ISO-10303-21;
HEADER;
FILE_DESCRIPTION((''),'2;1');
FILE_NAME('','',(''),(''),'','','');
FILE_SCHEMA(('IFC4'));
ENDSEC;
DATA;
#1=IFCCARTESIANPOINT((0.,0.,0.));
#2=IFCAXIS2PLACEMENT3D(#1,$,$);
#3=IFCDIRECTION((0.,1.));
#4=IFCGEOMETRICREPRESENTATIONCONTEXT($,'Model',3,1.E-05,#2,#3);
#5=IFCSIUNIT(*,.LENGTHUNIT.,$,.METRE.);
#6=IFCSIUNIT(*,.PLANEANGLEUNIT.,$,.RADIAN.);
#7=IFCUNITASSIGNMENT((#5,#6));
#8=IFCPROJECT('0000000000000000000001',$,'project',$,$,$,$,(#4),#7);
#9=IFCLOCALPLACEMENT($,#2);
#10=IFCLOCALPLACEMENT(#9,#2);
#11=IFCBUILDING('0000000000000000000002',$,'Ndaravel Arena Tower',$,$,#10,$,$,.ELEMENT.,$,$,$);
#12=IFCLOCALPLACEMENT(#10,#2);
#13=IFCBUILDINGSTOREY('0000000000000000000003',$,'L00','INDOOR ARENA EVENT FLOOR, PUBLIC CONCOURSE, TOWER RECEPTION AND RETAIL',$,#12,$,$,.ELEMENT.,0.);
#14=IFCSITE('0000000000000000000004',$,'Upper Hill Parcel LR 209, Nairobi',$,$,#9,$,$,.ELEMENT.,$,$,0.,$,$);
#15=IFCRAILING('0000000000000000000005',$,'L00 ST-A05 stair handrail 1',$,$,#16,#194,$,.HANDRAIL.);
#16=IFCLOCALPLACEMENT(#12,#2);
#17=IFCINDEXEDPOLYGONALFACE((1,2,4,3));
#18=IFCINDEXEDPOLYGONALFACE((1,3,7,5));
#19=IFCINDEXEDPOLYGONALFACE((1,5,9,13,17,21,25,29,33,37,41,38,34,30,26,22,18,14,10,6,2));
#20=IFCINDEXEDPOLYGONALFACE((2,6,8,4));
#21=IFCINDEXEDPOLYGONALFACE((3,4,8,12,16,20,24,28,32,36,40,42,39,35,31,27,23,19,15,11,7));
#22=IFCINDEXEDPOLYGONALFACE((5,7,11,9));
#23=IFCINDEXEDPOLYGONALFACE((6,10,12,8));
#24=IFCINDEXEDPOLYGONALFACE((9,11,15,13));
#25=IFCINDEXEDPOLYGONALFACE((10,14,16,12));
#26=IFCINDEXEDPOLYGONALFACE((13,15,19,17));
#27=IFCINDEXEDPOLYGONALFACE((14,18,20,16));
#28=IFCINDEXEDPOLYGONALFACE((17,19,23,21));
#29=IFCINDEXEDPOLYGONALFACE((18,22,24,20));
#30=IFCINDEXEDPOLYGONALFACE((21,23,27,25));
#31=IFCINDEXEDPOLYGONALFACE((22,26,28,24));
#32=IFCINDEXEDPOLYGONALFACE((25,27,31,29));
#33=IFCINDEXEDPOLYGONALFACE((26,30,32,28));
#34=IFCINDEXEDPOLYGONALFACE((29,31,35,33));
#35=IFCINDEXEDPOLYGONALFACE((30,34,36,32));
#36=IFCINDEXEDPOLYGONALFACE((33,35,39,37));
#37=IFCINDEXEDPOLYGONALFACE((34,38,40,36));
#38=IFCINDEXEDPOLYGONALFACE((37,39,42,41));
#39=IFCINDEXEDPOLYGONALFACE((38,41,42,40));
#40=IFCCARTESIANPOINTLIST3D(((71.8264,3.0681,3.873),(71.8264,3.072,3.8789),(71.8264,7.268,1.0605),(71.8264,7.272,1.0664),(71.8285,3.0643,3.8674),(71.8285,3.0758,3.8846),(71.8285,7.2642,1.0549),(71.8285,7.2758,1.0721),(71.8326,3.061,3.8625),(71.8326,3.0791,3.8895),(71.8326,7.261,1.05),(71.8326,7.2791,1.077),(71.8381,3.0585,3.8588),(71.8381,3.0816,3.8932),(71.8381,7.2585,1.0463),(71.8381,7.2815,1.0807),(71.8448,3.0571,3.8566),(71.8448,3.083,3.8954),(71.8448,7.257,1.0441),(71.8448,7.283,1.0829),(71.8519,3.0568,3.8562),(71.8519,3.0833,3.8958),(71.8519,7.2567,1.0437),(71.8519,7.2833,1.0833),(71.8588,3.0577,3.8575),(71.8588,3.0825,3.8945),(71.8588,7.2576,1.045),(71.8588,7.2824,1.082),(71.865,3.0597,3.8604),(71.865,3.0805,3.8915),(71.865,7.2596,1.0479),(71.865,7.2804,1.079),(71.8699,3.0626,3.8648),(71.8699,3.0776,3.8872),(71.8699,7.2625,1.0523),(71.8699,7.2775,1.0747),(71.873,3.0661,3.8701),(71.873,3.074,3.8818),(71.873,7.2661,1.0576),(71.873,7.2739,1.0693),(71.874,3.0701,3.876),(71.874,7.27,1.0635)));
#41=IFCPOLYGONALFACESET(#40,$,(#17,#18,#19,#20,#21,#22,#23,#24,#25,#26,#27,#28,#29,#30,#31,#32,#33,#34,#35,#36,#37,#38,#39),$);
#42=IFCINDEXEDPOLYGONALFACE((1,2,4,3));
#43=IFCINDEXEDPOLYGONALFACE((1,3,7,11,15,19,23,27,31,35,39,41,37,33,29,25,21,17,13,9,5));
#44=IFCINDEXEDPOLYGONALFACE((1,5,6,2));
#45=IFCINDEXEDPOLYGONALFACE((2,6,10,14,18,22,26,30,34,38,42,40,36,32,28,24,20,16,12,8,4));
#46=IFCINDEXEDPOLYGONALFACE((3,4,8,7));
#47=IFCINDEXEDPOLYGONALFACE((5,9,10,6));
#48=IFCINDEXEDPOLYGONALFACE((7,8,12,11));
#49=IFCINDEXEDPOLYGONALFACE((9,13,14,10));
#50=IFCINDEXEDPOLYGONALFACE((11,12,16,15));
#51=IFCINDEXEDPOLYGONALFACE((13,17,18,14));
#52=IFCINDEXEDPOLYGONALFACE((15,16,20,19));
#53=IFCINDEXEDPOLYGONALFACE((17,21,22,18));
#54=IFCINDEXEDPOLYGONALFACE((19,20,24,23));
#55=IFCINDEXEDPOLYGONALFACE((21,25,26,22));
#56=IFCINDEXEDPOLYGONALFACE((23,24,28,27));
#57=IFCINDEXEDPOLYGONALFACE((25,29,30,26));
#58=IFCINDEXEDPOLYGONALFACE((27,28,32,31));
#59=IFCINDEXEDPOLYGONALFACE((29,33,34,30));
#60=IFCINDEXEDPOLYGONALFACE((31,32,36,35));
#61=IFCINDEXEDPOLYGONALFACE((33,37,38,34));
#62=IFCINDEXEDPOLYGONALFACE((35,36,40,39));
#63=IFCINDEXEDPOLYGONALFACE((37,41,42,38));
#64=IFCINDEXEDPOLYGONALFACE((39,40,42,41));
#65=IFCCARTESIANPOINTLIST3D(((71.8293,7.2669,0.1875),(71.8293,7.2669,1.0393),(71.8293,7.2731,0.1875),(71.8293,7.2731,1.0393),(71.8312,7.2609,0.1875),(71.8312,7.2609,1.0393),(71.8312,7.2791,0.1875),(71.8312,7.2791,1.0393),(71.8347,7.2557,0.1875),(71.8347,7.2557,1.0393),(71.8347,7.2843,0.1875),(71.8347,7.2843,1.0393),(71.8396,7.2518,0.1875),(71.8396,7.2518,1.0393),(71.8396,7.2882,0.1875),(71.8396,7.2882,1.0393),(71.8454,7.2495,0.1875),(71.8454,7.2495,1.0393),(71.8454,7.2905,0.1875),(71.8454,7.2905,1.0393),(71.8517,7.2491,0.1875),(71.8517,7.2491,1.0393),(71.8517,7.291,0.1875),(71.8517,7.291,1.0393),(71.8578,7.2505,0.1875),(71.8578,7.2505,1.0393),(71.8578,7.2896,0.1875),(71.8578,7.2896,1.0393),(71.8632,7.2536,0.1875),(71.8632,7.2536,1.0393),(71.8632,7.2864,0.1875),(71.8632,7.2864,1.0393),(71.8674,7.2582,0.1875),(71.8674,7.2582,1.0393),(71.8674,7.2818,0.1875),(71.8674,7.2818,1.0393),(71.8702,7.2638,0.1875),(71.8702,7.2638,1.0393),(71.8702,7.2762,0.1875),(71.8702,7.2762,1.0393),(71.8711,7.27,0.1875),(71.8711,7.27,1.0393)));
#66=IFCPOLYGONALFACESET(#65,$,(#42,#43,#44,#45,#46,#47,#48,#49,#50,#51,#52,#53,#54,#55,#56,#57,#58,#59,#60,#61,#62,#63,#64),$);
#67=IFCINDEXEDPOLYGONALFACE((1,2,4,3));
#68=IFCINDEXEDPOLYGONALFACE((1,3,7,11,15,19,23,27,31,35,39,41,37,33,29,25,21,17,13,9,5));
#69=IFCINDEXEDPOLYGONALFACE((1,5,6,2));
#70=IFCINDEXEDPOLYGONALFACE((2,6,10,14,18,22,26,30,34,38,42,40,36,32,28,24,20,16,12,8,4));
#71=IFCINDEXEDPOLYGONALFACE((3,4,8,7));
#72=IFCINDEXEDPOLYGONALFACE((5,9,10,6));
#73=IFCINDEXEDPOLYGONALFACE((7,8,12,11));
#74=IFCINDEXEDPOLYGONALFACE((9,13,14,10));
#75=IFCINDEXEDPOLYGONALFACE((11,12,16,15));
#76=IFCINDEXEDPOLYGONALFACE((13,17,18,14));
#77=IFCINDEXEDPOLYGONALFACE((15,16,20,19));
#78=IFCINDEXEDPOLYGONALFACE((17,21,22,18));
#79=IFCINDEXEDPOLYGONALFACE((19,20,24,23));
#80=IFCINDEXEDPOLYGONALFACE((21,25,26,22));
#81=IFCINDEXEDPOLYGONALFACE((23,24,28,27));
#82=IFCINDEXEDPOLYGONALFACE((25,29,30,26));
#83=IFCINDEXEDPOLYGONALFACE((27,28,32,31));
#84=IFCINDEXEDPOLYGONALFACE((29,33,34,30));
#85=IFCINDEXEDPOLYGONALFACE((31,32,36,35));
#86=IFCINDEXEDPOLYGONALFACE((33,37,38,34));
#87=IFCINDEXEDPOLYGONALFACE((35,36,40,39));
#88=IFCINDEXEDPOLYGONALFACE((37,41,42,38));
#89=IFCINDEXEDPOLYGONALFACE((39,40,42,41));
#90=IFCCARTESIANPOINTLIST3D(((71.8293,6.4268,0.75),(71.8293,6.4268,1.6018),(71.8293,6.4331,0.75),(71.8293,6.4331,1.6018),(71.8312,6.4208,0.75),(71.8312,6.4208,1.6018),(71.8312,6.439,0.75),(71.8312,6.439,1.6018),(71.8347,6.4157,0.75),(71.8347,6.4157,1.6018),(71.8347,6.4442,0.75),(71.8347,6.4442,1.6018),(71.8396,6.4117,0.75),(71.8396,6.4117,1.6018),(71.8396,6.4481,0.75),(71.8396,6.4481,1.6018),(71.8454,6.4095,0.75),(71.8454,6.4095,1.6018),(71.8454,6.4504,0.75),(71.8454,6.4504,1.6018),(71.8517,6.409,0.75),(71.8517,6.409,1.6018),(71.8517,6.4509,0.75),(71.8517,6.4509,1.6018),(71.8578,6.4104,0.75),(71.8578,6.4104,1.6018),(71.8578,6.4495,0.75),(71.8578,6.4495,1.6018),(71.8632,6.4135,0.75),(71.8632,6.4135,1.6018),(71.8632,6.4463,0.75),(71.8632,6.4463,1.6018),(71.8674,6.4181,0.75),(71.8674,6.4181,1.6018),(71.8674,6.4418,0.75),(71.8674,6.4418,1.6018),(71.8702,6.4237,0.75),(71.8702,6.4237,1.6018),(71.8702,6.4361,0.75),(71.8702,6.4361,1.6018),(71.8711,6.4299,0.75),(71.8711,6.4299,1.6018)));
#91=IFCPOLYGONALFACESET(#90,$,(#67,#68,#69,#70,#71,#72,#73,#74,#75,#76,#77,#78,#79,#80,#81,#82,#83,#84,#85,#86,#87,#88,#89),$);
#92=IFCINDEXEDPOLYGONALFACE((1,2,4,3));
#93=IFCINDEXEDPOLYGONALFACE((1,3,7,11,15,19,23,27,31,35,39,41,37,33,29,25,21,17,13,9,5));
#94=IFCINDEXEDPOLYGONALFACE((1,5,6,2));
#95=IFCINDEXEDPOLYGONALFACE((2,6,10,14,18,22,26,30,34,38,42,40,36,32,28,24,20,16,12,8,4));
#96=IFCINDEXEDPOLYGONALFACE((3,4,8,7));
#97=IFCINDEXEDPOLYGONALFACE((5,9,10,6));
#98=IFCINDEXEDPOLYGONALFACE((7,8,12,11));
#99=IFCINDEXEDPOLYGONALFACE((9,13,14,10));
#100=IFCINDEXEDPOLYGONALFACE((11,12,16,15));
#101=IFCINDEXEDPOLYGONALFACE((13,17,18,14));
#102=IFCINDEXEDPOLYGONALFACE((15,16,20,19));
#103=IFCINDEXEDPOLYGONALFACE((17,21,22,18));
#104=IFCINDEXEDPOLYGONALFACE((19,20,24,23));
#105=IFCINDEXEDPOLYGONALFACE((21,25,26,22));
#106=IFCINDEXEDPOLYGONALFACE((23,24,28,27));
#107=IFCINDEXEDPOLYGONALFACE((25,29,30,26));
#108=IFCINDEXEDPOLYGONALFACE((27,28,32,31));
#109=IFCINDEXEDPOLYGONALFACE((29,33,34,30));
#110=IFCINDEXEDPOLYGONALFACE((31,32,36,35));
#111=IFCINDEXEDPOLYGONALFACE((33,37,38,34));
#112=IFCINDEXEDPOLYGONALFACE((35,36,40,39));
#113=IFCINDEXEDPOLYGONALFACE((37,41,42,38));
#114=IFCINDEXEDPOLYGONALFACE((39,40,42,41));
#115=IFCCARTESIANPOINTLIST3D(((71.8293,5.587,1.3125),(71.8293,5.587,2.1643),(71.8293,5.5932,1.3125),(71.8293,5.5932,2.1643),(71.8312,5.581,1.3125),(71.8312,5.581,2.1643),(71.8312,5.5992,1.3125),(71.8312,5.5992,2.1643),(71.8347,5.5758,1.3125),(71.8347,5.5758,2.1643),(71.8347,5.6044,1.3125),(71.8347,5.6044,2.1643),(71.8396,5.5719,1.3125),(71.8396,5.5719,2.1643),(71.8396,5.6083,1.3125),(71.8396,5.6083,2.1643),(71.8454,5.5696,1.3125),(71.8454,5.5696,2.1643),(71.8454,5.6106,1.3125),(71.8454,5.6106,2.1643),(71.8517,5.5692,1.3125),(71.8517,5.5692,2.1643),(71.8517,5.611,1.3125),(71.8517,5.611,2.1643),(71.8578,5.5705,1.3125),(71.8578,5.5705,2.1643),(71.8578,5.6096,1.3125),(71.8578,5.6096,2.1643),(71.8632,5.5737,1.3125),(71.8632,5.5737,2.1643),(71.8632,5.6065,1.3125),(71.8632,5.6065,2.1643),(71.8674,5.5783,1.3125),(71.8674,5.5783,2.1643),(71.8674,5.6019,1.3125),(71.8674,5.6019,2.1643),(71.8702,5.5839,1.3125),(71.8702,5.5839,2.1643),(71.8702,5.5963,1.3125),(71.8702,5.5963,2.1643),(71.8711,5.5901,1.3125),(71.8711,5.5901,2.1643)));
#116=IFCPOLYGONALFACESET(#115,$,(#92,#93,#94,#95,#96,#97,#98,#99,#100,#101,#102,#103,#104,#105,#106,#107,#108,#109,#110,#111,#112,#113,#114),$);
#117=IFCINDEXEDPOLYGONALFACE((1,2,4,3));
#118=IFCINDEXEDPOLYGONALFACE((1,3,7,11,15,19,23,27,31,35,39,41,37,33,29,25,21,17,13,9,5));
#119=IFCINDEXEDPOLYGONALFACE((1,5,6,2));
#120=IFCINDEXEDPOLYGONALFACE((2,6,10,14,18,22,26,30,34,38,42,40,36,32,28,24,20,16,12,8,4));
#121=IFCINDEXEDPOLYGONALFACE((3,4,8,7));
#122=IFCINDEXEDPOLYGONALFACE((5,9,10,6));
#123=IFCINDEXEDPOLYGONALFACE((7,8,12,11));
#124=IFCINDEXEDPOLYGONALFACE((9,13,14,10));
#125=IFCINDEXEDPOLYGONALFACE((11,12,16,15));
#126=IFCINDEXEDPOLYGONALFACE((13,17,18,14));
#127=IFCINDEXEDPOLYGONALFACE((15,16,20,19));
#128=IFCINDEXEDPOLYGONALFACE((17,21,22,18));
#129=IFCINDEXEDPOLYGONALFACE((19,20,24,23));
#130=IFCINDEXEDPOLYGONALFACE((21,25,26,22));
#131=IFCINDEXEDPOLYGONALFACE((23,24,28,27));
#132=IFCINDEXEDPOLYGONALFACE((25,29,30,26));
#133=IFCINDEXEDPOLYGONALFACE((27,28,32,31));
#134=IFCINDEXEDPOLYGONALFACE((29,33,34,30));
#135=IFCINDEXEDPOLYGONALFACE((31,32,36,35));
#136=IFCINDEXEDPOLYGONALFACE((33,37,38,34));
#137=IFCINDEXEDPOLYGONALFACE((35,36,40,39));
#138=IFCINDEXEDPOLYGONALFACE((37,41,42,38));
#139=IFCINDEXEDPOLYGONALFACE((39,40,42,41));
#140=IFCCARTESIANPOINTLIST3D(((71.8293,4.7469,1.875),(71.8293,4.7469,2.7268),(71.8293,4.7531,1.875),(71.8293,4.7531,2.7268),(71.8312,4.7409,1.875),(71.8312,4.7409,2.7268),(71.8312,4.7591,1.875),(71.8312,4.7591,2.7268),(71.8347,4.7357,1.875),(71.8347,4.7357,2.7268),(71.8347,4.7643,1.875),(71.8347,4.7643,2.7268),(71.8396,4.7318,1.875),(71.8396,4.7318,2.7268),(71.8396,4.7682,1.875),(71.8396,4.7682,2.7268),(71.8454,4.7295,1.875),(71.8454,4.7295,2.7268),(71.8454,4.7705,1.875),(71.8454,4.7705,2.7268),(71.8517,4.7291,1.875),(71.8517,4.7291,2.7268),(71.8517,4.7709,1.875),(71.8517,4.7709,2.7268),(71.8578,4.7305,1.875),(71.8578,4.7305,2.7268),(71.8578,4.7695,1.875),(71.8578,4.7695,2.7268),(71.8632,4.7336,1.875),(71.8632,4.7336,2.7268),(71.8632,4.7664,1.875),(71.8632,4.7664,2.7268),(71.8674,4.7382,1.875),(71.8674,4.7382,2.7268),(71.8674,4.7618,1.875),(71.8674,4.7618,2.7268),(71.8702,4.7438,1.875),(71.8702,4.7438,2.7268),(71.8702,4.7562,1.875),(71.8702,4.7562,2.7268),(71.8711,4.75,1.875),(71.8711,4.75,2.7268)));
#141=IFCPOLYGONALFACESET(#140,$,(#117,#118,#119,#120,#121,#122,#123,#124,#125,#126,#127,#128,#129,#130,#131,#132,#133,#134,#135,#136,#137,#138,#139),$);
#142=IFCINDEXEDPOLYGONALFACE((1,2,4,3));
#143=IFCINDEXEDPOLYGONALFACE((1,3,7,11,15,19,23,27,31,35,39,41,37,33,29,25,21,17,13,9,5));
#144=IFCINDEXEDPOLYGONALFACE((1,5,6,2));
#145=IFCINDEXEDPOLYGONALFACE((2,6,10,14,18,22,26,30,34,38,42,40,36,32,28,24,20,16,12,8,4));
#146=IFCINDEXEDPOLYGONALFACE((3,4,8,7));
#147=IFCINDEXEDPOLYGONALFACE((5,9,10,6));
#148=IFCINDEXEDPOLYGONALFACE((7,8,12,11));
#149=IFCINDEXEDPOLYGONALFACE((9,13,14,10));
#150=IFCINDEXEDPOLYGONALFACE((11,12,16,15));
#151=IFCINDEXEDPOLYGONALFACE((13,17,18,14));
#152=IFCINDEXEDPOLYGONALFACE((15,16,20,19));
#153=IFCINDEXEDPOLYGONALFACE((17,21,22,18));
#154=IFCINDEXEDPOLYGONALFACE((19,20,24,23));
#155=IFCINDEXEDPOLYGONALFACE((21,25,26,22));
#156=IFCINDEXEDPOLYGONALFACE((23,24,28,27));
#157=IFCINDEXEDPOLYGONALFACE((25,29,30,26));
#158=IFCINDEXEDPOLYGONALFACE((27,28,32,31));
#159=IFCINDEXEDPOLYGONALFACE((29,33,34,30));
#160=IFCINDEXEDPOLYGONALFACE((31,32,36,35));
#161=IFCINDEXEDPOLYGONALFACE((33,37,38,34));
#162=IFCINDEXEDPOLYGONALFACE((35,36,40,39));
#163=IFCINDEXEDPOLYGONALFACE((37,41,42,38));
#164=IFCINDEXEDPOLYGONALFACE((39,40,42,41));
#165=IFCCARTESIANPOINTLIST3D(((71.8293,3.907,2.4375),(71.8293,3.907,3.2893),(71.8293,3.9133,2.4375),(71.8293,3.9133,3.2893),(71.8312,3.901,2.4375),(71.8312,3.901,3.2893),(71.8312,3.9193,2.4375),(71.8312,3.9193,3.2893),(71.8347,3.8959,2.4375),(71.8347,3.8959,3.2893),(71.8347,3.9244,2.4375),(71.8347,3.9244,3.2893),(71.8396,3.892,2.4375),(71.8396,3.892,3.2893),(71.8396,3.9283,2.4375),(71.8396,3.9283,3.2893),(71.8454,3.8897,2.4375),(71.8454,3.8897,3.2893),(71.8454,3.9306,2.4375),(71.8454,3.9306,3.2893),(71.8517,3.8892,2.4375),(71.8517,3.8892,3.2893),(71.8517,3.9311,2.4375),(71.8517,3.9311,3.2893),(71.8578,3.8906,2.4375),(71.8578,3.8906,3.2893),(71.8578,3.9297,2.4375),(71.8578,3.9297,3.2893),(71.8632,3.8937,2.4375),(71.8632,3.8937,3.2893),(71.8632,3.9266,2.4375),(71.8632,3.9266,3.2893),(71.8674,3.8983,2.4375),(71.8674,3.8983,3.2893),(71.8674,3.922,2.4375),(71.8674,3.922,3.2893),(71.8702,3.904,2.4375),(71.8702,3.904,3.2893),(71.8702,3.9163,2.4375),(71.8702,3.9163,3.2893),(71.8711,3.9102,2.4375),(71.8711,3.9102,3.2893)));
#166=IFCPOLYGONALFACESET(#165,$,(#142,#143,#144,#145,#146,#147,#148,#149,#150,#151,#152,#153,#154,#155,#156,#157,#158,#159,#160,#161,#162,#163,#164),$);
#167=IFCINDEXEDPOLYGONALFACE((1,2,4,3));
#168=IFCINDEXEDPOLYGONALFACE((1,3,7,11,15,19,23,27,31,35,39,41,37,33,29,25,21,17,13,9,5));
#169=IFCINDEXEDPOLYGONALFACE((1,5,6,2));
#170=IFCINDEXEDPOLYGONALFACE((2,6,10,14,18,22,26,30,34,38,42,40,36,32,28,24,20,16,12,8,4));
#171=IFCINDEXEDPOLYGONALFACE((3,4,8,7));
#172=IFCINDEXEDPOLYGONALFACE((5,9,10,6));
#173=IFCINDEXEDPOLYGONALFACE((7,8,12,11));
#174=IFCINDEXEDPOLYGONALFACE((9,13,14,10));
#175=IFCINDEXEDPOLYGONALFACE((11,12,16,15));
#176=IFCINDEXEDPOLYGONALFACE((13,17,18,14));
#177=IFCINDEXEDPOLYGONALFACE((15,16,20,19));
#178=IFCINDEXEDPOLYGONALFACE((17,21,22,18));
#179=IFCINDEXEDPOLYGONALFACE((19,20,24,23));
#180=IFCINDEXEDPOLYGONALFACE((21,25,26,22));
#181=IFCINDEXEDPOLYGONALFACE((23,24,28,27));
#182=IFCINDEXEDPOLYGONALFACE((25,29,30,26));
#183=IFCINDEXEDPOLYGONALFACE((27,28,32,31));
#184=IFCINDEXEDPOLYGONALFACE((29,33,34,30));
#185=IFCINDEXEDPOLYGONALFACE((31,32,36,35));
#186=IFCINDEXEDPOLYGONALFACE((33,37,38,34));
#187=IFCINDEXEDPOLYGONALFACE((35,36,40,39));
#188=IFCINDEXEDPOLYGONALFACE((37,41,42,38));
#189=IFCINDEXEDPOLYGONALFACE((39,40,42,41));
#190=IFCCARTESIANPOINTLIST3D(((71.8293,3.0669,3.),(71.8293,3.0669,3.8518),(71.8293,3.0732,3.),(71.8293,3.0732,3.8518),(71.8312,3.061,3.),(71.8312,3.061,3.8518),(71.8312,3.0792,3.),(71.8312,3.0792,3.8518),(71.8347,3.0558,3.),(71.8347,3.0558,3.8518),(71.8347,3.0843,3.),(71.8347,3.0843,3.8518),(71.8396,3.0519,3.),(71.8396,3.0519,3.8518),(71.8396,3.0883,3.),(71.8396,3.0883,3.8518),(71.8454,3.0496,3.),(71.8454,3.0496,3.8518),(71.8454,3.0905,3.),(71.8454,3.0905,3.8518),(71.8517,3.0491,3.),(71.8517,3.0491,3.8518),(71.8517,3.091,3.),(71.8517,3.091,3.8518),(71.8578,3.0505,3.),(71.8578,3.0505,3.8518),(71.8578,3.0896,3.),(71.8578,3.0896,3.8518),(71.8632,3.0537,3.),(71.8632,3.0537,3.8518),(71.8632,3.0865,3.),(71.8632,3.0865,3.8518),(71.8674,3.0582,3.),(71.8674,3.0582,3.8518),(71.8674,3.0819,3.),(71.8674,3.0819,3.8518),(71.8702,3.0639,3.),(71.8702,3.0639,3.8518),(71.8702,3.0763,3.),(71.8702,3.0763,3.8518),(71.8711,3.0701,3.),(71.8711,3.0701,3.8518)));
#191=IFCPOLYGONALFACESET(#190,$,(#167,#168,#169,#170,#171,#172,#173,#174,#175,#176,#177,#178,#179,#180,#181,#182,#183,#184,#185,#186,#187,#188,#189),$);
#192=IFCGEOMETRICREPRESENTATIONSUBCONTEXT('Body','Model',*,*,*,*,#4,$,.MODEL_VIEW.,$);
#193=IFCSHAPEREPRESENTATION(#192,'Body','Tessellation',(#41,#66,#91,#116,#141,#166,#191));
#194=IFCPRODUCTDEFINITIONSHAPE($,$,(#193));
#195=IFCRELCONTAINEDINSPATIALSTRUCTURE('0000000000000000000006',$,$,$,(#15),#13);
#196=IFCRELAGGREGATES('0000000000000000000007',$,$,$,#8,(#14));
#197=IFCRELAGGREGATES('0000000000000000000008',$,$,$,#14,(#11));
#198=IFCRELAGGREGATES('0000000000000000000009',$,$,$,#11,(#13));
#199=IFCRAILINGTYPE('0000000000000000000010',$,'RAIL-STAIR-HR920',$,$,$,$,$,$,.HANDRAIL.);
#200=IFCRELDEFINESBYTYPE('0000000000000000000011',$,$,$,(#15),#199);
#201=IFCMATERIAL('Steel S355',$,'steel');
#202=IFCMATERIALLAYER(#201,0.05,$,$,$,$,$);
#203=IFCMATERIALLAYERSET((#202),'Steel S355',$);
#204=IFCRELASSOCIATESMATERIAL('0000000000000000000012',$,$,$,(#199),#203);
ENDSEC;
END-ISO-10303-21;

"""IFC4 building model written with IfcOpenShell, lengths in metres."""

from ifc_helpers import new_model, si_unit, direction, frame, origin, origin_2d, place, context, subcontext, project, spatial, circle, extrude, material, layer, layer_set, type_object, element, save


model = new_model("IFC4")

# Units and contexts
model_context = context("Model", 3, precision=1e-05, world=origin(), true_north=direction((0.0, 1.0)))
body_context = subcontext(model_context, "Body", "Model", "MODEL_VIEW")
ifc_project = project(units=[si_unit("LENGTHUNIT", "METRE"), si_unit("PLANEANGLEUNIT", "RADIAN")], contexts=[model_context])

# Site, building, storey
site_placement = place(None, origin())
site = spatial("IfcSite", under=ifc_project, at=site_placement, Name="Upper Hill Parcel LR 209, Nairobi", CompositionType="ELEMENT", RefElevation=0.0)
building_placement = place(site_placement, origin())
building = spatial("IfcBuilding", under=site, at=building_placement, Name="Ndaravel Arena Tower", CompositionType="ELEMENT")
storey_placement = place(building_placement, origin())
storey = spatial("IfcBuildingStorey", under=building, at=storey_placement, Name="L00", Description="INDOOR ARENA EVENT FLOOR, PUBLIC CONCOURSE, TOWER RECEPTION AND RETAIL", CompositionType="ELEMENT", Elevation=0.0)

# Railing
ifc_material_1 = material(Name="Steel S355", Category="steel")
ifc_layer_1 = layer(ifc_material_1, 0.05)
ifc_layer_set_1 = layer_set([ifc_layer_1], Name="Steel S355")
railing_type_1 = type_object("IfcRailingType", Name="RAIL-STAIR-HR920", PredefinedType="HANDRAIL", material=ifc_layer_set_1)
railing_1_placement = place(storey_placement, frame((71.8501, 7.27, 0.1875)))
element("IfcRailing", 1, at=railing_1_placement, inside=storey, type_object=railing_type_1, Name="L00 ST-A05 stair handrail 1", PredefinedType="HANDRAIL", context=body_context, shape_type="SweptSolid", body=[
    extrude(circle(Radius=0.0239, at=origin_2d()), frame((0.0, 0.0, 0.876), z_axis=(0.0, -0.830904, 0.556416), x_axis=(1.0, 0.0, 0.0)), (0.0, 0.0, 1.0), 5.0547),
    extrude(circle(Radius=0.021, at=origin_2d()), origin(), (0.0, 0.0, 1.0), 0.8518),
    extrude(circle(Radius=0.021, at=origin_2d()), frame((0.0, -0.8401, 0.5625)), (0.0, 0.0, 1.0), 0.8518),
    extrude(circle(Radius=0.021, at=origin_2d()), frame((0.0, -1.6799, 1.125)), (0.0, 0.0, 1.0), 0.8518),
    extrude(circle(Radius=0.021, at=origin_2d()), frame((0.0, -2.52, 1.6875)), (0.0, 0.0, 1.0), 0.8518),
    extrude(circle(Radius=0.021, at=origin_2d()), frame((0.0, -3.3599, 2.25)), (0.0, 0.0, 1.0), 0.8518),
    extrude(circle(Radius=0.021, at=origin_2d()), frame((0.0, -4.2, 2.8125)), (0.0, 0.0, 1.0), 0.8518),
])

save(model, "model.ifc")
